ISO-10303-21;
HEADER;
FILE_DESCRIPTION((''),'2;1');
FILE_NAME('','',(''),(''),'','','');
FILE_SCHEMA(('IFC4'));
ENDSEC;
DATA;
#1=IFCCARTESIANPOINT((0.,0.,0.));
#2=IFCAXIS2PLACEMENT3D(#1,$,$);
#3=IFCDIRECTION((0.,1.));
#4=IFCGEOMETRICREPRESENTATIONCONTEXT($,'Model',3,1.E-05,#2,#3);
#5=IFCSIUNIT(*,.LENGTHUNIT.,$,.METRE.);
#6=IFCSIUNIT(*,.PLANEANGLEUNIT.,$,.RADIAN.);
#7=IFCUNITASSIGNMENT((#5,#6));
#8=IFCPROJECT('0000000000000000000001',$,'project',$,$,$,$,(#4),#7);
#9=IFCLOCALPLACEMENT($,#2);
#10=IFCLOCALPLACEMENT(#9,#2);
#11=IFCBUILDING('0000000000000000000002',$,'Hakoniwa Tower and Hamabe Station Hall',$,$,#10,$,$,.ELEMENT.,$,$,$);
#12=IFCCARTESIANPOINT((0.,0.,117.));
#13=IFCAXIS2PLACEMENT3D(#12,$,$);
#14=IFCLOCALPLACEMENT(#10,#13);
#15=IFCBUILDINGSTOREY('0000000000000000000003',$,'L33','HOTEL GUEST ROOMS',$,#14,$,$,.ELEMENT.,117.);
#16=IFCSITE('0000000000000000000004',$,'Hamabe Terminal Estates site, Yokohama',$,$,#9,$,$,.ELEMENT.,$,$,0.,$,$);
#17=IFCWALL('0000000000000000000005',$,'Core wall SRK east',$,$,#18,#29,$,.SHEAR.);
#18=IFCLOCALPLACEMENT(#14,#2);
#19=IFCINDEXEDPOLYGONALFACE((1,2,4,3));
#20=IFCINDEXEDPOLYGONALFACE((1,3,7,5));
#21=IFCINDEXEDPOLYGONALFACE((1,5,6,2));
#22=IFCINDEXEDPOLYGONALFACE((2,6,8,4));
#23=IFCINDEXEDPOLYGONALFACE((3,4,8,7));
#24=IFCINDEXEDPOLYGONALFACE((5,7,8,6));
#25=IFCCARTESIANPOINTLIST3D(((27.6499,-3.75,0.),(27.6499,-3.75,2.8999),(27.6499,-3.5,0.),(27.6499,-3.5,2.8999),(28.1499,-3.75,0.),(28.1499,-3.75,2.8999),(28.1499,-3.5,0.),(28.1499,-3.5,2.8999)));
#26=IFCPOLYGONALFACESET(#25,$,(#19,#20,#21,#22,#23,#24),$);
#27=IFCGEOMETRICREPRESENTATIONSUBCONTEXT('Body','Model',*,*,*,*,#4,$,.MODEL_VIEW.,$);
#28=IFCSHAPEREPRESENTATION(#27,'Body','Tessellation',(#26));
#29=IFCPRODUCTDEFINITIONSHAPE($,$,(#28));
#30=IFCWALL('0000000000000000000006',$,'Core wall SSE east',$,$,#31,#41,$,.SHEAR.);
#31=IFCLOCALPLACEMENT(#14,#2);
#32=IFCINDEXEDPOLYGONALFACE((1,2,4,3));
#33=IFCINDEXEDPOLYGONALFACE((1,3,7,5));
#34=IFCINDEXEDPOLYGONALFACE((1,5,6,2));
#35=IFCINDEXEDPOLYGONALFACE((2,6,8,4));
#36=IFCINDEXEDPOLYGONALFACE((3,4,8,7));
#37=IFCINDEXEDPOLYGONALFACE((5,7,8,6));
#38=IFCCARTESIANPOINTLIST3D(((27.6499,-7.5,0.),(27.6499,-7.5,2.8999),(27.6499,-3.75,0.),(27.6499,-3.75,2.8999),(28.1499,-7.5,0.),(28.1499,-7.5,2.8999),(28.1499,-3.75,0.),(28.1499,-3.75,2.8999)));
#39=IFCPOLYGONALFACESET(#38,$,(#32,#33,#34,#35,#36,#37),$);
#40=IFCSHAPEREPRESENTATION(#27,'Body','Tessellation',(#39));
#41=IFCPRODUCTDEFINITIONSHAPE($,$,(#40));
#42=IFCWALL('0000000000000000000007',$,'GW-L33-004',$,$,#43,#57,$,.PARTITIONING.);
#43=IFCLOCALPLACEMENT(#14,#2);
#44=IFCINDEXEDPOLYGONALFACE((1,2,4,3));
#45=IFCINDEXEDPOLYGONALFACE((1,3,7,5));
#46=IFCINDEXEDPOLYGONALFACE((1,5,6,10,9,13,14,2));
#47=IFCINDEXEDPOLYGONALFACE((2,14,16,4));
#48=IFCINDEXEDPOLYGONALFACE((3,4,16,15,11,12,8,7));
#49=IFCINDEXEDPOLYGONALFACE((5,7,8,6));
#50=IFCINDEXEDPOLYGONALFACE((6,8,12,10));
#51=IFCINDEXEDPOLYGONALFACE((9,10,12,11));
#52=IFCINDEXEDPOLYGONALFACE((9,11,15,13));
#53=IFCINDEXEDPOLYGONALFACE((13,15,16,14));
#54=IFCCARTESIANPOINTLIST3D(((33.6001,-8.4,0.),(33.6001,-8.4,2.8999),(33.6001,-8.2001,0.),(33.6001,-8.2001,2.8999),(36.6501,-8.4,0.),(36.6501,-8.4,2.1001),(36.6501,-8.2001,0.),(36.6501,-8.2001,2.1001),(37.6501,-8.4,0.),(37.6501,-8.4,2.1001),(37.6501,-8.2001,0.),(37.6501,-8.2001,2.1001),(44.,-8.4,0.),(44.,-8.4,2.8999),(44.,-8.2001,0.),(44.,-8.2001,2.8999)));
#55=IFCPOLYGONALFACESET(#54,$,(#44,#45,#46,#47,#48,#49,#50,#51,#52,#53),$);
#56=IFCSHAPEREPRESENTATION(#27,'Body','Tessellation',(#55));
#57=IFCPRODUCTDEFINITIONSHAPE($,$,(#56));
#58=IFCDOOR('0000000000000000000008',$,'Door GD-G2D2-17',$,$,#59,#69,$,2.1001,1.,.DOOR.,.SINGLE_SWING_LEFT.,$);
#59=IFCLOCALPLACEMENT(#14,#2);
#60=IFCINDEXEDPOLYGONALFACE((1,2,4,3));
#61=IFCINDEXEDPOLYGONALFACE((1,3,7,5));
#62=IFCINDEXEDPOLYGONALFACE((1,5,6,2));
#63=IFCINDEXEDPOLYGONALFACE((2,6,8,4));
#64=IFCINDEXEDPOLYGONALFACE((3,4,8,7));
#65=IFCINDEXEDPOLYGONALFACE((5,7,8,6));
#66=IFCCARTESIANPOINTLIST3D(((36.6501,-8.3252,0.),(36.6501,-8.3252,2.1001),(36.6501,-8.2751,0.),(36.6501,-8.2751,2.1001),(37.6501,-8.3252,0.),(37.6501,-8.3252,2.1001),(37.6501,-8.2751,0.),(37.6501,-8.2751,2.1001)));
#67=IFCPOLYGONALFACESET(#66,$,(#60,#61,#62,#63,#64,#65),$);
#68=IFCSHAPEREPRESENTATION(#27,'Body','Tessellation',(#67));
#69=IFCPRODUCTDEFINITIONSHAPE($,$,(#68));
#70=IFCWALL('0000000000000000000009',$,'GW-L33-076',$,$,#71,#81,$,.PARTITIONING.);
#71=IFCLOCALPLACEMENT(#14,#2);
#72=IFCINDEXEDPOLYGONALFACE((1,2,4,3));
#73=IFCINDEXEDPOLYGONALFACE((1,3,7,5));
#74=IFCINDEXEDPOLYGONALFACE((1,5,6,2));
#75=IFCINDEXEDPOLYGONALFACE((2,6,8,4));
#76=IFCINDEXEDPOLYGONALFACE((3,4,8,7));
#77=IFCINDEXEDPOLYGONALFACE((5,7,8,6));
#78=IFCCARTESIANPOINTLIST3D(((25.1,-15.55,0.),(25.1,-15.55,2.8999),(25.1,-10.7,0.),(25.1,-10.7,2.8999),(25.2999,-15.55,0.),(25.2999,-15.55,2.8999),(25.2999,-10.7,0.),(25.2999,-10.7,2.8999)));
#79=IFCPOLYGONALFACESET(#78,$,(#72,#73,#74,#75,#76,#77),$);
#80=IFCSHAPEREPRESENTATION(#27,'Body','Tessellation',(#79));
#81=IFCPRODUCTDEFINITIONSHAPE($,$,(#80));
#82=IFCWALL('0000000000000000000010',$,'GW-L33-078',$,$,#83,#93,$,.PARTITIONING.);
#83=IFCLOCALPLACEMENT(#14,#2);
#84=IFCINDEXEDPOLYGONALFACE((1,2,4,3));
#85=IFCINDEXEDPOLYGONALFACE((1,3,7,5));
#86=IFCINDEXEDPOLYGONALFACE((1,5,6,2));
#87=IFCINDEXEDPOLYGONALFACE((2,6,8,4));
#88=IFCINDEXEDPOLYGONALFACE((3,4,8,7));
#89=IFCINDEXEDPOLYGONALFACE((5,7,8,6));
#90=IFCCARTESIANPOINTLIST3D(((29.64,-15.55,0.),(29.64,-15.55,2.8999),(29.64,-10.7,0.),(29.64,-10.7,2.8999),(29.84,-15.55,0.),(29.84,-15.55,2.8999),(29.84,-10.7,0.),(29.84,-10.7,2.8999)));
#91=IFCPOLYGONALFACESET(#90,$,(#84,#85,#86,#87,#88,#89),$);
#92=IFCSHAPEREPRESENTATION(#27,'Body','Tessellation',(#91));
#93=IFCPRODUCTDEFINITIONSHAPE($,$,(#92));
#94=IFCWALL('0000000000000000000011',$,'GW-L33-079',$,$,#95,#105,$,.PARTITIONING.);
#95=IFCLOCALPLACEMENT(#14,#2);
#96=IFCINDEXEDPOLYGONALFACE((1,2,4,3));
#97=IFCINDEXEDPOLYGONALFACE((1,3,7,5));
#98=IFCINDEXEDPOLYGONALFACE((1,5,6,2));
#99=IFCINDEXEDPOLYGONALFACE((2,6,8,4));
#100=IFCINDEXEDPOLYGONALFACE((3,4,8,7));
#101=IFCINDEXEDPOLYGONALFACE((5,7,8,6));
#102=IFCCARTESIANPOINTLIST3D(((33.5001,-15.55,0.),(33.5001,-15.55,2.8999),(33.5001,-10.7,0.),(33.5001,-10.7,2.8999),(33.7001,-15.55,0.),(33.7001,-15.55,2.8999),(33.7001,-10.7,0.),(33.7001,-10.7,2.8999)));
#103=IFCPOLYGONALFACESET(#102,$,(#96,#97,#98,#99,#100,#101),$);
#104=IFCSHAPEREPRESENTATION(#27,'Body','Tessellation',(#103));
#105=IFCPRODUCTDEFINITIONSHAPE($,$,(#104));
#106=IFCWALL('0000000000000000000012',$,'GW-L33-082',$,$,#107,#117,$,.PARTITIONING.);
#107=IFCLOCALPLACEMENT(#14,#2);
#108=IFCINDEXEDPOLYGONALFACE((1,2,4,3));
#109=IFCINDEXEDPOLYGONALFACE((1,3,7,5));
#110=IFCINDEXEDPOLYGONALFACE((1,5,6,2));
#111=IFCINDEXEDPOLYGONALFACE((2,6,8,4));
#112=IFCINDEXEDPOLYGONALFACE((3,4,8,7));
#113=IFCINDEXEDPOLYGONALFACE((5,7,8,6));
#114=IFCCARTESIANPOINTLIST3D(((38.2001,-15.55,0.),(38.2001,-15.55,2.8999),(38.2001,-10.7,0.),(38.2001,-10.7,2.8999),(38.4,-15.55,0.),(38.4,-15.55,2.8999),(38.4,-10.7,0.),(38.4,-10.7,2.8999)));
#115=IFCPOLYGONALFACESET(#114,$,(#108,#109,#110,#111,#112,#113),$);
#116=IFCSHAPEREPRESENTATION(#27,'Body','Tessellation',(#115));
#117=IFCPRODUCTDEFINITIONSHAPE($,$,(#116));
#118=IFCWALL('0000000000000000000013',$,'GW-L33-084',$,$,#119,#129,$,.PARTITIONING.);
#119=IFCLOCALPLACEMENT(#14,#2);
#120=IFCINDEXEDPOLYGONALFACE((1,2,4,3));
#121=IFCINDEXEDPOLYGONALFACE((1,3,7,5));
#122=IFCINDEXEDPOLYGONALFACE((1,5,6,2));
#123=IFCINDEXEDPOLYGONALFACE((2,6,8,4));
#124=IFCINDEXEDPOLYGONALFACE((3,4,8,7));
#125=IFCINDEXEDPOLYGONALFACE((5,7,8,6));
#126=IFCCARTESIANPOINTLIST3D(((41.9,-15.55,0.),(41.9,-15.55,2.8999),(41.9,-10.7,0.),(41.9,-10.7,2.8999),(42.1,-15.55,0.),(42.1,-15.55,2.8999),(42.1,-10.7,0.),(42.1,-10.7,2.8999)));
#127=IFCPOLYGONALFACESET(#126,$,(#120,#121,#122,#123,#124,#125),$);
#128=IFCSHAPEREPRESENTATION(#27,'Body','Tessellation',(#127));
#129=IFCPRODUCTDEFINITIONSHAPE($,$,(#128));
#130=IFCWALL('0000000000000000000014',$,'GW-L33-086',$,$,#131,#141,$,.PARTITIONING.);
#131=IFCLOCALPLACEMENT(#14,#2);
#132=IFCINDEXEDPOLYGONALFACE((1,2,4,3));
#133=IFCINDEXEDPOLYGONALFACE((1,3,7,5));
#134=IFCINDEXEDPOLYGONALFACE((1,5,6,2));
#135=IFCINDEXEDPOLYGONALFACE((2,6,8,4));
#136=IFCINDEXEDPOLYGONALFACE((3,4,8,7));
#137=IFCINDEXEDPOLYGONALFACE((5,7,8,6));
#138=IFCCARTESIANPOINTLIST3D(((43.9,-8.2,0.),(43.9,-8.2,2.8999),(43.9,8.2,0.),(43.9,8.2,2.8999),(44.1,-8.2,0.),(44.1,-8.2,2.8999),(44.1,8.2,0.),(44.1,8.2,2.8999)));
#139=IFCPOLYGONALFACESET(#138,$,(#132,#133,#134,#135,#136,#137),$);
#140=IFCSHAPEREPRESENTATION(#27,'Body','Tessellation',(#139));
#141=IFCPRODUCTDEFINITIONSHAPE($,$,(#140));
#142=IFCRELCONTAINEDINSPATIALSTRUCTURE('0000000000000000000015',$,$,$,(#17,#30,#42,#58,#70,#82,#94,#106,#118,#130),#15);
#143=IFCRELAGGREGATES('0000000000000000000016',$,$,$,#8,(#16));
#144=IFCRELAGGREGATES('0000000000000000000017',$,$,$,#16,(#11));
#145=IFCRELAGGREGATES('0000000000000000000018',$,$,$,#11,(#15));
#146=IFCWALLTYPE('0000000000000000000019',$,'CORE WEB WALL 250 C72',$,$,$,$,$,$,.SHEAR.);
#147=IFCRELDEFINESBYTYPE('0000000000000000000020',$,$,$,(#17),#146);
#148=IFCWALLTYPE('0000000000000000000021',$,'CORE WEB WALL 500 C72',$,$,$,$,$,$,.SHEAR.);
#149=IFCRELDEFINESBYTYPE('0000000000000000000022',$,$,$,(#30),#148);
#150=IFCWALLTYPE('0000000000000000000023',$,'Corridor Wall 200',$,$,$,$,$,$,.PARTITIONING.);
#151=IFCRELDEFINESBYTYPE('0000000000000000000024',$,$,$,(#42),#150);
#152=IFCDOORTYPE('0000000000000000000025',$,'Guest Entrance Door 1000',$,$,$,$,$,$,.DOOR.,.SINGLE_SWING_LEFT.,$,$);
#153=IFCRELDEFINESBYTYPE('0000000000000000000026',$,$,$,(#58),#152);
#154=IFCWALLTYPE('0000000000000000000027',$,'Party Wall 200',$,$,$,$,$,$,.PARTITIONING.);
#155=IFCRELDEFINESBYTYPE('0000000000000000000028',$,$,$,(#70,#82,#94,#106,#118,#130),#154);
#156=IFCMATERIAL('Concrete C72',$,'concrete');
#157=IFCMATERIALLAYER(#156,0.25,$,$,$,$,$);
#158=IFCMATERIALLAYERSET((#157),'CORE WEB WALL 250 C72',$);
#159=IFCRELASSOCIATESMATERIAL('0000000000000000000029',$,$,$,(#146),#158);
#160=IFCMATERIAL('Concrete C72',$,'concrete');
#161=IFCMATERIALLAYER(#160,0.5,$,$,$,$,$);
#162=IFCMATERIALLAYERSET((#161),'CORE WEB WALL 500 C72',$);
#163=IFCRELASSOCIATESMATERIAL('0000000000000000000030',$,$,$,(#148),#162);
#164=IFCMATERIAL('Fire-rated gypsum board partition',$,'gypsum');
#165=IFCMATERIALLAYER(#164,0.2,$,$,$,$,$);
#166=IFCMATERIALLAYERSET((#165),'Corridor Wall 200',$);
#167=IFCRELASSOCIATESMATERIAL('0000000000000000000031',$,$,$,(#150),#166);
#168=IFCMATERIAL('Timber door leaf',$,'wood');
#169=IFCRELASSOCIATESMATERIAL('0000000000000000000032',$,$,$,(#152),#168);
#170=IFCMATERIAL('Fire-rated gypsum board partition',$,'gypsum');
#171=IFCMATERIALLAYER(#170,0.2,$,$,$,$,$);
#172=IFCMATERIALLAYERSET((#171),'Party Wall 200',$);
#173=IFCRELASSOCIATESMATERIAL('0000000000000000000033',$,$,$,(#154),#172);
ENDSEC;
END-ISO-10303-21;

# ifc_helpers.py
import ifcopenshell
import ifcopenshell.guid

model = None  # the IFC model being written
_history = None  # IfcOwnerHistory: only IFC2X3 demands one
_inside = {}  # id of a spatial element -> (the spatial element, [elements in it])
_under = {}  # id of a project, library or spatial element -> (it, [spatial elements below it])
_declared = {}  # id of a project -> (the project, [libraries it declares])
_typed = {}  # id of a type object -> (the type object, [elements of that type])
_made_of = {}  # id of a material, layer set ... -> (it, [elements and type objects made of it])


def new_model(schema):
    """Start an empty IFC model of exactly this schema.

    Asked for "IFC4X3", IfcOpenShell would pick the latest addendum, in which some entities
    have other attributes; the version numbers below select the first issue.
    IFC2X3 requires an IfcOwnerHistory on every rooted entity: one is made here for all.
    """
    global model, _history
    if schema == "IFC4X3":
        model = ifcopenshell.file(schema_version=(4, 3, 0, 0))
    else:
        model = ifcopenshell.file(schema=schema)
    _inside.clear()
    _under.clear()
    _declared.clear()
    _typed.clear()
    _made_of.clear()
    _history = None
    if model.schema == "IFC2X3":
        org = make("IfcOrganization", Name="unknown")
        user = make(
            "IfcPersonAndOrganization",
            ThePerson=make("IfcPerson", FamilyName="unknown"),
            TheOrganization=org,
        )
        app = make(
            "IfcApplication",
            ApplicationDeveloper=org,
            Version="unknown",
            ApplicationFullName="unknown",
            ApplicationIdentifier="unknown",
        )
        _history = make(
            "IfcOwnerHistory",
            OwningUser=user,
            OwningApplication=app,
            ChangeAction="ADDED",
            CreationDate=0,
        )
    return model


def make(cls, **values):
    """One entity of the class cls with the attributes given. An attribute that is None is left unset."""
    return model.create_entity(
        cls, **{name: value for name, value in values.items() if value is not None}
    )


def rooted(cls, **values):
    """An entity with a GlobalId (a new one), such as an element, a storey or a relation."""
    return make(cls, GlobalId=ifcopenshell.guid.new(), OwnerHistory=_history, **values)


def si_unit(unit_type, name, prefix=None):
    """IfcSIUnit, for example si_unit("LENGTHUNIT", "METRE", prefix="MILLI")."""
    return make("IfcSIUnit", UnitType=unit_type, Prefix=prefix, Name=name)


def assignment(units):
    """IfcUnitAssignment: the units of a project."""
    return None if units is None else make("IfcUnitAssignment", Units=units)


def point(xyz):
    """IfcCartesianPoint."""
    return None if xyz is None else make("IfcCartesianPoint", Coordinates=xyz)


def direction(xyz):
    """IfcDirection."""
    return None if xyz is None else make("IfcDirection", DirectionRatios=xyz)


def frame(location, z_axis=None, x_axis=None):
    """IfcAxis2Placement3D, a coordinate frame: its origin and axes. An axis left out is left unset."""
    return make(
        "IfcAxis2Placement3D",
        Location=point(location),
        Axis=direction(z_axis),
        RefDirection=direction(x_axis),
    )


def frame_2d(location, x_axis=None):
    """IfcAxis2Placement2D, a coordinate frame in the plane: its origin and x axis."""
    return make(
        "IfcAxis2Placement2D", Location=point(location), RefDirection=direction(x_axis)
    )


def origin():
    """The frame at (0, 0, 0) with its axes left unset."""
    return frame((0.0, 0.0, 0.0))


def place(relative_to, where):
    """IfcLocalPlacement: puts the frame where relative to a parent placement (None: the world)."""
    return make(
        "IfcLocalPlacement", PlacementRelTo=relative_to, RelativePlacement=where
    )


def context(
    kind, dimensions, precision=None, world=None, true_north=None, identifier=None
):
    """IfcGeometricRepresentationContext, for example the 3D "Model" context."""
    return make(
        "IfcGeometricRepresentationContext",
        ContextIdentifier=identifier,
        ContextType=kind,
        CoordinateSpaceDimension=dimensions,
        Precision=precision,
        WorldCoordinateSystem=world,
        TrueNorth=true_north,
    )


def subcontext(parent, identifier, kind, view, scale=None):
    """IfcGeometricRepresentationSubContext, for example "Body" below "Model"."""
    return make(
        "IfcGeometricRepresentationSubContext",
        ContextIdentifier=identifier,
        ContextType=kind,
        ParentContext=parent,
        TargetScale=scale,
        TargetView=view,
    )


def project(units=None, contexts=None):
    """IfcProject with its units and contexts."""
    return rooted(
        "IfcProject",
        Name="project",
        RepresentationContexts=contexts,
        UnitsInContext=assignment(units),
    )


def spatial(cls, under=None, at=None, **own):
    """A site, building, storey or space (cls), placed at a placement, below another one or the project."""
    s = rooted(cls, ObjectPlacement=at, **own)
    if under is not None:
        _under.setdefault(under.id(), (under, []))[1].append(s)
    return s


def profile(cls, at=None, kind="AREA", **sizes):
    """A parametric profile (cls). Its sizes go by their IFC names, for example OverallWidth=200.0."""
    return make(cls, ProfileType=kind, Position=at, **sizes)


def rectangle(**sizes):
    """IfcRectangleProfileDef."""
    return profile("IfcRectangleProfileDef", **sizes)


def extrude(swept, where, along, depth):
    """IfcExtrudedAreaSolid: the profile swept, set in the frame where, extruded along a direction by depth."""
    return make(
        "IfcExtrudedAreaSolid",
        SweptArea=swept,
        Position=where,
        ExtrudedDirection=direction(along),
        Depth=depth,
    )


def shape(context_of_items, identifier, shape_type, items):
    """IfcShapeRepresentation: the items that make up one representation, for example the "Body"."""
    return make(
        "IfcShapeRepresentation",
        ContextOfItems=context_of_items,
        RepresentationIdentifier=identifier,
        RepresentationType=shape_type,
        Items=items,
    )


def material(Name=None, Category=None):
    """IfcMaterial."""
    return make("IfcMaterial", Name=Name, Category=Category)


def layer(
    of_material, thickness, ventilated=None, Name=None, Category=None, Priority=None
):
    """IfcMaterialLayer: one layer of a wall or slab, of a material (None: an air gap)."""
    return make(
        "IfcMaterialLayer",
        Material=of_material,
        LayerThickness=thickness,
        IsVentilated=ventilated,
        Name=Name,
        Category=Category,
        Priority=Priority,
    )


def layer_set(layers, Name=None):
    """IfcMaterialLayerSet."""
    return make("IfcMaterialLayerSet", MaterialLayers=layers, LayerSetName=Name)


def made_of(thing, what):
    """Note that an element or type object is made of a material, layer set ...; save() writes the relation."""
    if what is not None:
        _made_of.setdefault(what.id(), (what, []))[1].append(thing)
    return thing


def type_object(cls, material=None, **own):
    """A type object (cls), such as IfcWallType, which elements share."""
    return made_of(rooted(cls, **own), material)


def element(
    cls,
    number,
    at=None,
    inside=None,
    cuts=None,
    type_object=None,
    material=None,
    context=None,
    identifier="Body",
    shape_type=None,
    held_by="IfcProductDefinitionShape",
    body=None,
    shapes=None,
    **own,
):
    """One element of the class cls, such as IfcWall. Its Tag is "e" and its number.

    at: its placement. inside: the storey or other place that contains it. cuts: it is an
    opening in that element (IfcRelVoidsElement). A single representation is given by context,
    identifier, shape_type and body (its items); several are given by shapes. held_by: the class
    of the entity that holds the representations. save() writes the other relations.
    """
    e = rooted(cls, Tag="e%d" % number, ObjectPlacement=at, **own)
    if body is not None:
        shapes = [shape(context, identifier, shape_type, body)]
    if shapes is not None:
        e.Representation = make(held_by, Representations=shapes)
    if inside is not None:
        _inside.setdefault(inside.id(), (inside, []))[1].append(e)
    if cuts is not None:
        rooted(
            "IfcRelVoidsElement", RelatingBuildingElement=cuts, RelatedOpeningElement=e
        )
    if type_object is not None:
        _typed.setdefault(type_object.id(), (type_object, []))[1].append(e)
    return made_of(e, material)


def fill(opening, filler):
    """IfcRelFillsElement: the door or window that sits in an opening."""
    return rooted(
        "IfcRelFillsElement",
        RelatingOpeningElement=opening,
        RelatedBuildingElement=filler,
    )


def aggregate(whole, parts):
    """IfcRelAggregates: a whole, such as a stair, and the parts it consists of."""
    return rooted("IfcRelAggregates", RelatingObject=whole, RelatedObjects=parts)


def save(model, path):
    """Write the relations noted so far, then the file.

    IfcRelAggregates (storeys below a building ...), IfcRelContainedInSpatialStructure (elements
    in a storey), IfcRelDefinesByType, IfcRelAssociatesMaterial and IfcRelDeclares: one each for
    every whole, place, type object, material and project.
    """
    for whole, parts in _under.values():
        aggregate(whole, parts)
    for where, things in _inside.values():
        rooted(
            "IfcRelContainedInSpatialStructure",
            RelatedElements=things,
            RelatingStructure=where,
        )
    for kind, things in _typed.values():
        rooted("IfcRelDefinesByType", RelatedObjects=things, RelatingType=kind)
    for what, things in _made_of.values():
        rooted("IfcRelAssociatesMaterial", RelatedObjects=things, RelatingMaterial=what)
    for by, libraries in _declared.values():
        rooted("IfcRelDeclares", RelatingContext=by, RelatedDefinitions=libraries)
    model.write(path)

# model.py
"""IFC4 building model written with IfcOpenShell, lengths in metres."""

from ifc_helpers import new_model, si_unit, direction, frame, frame_2d, origin, place, context, subcontext, project, spatial, rectangle, extrude, material, layer, layer_set, type_object, element, fill, save


model = new_model("IFC4")

# Units and contexts
model_context = context("Model", 3, precision=1e-05, world=origin(), true_north=direction((0.0, 1.0)))
body_context = subcontext(model_context, "Body", "Model", "MODEL_VIEW")
ifc_project = project(units=[si_unit("LENGTHUNIT", "METRE"), si_unit("PLANEANGLEUNIT", "RADIAN")], contexts=[model_context])

# Site, building, storey
site_placement = place(None, origin())
site = spatial("IfcSite", under=ifc_project, at=site_placement, Name="Hamabe Terminal Estates site, Yokohama", CompositionType="ELEMENT", RefElevation=0.0)
building_placement = place(site_placement, origin())
building = spatial("IfcBuilding", under=site, at=building_placement, Name="Hakoniwa Tower and Hamabe Station Hall", CompositionType="ELEMENT")
storey_placement = place(building_placement, frame((0.0, 0.0, 117.0)))
storey = spatial("IfcBuildingStorey", under=building, at=storey_placement, Name="L33", Description="HOTEL GUEST ROOMS", CompositionType="ELEMENT", Elevation=117.0)

# Walls
ifc_material_1 = material(Name="Concrete C72", Category="concrete")
ifc_layer_1 = layer(ifc_material_1, 0.25)
ifc_layer_set_1 = layer_set([ifc_layer_1], Name="CORE WEB WALL 250 C72")
wall_type_1 = type_object("IfcWallType", Name="CORE WEB WALL 250 C72", PredefinedType="SHEAR", material=ifc_layer_set_1)
wall_1_placement = place(storey_placement, frame((27.6499, -3.625, 0.0), z_axis=(0.0, 0.0, 1.0), x_axis=(1.0, 0.0, 0.0)))
element("IfcWall", 1, at=wall_1_placement, inside=storey, type_object=wall_type_1, Name="Core wall SRK east", PredefinedType="SHEAR", context=body_context, shape_type="SweptSolid", body=[
    extrude(rectangle(XDim=0.5, YDim=0.25, at=frame_2d((0.25, 0.0))), origin(), (0.0, 0.0, 1.0), 2.8999),
])
ifc_material_2 = material(Name="Concrete C72", Category="concrete")
ifc_layer_2 = layer(ifc_material_2, 0.5)
ifc_layer_set_2 = layer_set([ifc_layer_2], Name="CORE WEB WALL 500 C72")
wall_type_2 = type_object("IfcWallType", Name="CORE WEB WALL 500 C72", PredefinedType="SHEAR", material=ifc_layer_set_2)
wall_2_placement = place(storey_placement, frame((27.8999, -7.5, 0.0), z_axis=(0.0, 0.0, 1.0), x_axis=(0.0, 1.0, 0.0)))
element("IfcWall", 2, at=wall_2_placement, inside=storey, type_object=wall_type_2, Name="Core wall SSE east", PredefinedType="SHEAR", context=body_context, shape_type="SweptSolid", body=[
    extrude(rectangle(XDim=3.75, YDim=0.5, at=frame_2d((1.875, 0.0))), origin(), (0.0, 0.0, 1.0), 2.8999),
])

# Wall, opening, door
ifc_material_3 = material(Name="Fire-rated gypsum board partition", Category="gypsum")
ifc_layer_3 = layer(ifc_material_3, 0.2)
ifc_layer_set_3 = layer_set([ifc_layer_3], Name="Corridor Wall 200")
wall_type_3 = type_object("IfcWallType", Name="Corridor Wall 200", PredefinedType="PARTITIONING", material=ifc_layer_set_3)
wall_3_placement = place(storey_placement, frame((33.6001, -8.3, 0.0), z_axis=(0.0, 0.0, 1.0), x_axis=(1.0, 0.0, 0.0)))
wall_3 = element("IfcWall", 3, at=wall_3_placement, inside=storey, type_object=wall_type_3, Name="GW-L33-004", PredefinedType="PARTITIONING", context=body_context, shape_type="SweptSolid", body=[
    extrude(rectangle(XDim=10.3999, YDim=0.2, at=frame_2d((5.2, 0.0))), origin(), (0.0, 0.0, 1.0), 2.8999),
])
opening_1_placement = place(wall_3_placement, frame((3.05, 0.0, 0.0)))
opening_1 = element("IfcOpeningElement", 4, at=opening_1_placement, cuts=wall_3, PredefinedType="OPENING", context=body_context, shape_type="SweptSolid", body=[
    extrude(rectangle(XDim=1.0, YDim=2.1001, at=frame_2d((0.5, 1.05))), frame((0.0, 0.1099, 0.0), z_axis=(0.0, -1.0, 0.0), x_axis=(1.0, 0.0, 0.0)), (0.0, 0.0, 1.0), 0.22),
])
ifc_material_4 = material(Name="Timber door leaf", Category="wood")
door_type_1 = type_object("IfcDoorType", Name="Guest Entrance Door 1000", OperationType="SINGLE_SWING_LEFT", PredefinedType="DOOR", material=ifc_material_4)
door_1_placement = place(opening_1_placement, origin())
door_1 = element("IfcDoor", 5, at=door_1_placement, inside=storey, type_object=door_type_1, Name="Door GD-G2D2-17", OperationType="SINGLE_SWING_LEFT", OverallHeight=2.1001, OverallWidth=1.0, PredefinedType="DOOR", context=body_context, shape_type="SweptSolid", body=[
    extrude(rectangle(XDim=1.0, YDim=2.1001, at=frame_2d((0.5, 1.05))), frame((0.0, 0.0249, 0.0), z_axis=(0.0, -1.0, 0.0), x_axis=(1.0, 0.0, 0.0)), (0.0, 0.0, 1.0), 0.05),
])
fill(opening_1, door_1)

# Walls
ifc_material_5 = material(Name="Fire-rated gypsum board partition", Category="gypsum")
ifc_layer_4 = layer(ifc_material_5, 0.2)
ifc_layer_set_4 = layer_set([ifc_layer_4], Name="Party Wall 200")
wall_type_4 = type_object("IfcWallType", Name="Party Wall 200", PredefinedType="PARTITIONING", material=ifc_layer_set_4)
for number, where, z_axis, x_axis, name in (
    (6, (25.2, -15.55, 0.0), (0.0, 0.0, 1.0), (0.0, 1.0, 0.0), "GW-L33-076"),
    (7, (29.74, -15.55, 0.0), (0.0, 0.0, 1.0), (0.0, 1.0, 0.0), "GW-L33-078"),
    (8, (33.6001, -15.55, 0.0), (0.0, 0.0, 1.0), (0.0, 1.0, 0.0), "GW-L33-079"),
    (9, (38.3, -15.55, 0.0), (0.0, 0.0, 1.0), (0.0, 1.0, 0.0), "GW-L33-082"),
    (10, (42.0, -15.55, 0.0), (0.0, 0.0, 1.0), (0.0, 1.0, 0.0), "GW-L33-084"),
):
    element("IfcWall", number, at=place(storey_placement, frame(where, z_axis=z_axis, x_axis=x_axis)), inside=storey, type_object=wall_type_4, Name=name, PredefinedType="PARTITIONING", context=body_context, shape_type="SweptSolid", body=[
        extrude(rectangle(XDim=4.8501, YDim=0.2, at=frame_2d((2.425, 0.0))), origin(), (0.0, 0.0, 1.0), 2.8999),
    ])
wall_4_placement = place(storey_placement, frame((44.0, -8.2, 0.0), z_axis=(0.0, 0.0, 1.0), x_axis=(0.0, 1.0, 0.0)))
element("IfcWall", 11, at=wall_4_placement, inside=storey, type_object=wall_type_4, Name="GW-L33-086", PredefinedType="PARTITIONING", context=body_context, shape_type="SweptSolid", body=[
    extrude(rectangle(XDim=16.3999, YDim=0.2, at=frame_2d((8.2, 0.0))), origin(), (0.0, 0.0, 1.0), 2.8999),
])

save(model, "model.ifc")
